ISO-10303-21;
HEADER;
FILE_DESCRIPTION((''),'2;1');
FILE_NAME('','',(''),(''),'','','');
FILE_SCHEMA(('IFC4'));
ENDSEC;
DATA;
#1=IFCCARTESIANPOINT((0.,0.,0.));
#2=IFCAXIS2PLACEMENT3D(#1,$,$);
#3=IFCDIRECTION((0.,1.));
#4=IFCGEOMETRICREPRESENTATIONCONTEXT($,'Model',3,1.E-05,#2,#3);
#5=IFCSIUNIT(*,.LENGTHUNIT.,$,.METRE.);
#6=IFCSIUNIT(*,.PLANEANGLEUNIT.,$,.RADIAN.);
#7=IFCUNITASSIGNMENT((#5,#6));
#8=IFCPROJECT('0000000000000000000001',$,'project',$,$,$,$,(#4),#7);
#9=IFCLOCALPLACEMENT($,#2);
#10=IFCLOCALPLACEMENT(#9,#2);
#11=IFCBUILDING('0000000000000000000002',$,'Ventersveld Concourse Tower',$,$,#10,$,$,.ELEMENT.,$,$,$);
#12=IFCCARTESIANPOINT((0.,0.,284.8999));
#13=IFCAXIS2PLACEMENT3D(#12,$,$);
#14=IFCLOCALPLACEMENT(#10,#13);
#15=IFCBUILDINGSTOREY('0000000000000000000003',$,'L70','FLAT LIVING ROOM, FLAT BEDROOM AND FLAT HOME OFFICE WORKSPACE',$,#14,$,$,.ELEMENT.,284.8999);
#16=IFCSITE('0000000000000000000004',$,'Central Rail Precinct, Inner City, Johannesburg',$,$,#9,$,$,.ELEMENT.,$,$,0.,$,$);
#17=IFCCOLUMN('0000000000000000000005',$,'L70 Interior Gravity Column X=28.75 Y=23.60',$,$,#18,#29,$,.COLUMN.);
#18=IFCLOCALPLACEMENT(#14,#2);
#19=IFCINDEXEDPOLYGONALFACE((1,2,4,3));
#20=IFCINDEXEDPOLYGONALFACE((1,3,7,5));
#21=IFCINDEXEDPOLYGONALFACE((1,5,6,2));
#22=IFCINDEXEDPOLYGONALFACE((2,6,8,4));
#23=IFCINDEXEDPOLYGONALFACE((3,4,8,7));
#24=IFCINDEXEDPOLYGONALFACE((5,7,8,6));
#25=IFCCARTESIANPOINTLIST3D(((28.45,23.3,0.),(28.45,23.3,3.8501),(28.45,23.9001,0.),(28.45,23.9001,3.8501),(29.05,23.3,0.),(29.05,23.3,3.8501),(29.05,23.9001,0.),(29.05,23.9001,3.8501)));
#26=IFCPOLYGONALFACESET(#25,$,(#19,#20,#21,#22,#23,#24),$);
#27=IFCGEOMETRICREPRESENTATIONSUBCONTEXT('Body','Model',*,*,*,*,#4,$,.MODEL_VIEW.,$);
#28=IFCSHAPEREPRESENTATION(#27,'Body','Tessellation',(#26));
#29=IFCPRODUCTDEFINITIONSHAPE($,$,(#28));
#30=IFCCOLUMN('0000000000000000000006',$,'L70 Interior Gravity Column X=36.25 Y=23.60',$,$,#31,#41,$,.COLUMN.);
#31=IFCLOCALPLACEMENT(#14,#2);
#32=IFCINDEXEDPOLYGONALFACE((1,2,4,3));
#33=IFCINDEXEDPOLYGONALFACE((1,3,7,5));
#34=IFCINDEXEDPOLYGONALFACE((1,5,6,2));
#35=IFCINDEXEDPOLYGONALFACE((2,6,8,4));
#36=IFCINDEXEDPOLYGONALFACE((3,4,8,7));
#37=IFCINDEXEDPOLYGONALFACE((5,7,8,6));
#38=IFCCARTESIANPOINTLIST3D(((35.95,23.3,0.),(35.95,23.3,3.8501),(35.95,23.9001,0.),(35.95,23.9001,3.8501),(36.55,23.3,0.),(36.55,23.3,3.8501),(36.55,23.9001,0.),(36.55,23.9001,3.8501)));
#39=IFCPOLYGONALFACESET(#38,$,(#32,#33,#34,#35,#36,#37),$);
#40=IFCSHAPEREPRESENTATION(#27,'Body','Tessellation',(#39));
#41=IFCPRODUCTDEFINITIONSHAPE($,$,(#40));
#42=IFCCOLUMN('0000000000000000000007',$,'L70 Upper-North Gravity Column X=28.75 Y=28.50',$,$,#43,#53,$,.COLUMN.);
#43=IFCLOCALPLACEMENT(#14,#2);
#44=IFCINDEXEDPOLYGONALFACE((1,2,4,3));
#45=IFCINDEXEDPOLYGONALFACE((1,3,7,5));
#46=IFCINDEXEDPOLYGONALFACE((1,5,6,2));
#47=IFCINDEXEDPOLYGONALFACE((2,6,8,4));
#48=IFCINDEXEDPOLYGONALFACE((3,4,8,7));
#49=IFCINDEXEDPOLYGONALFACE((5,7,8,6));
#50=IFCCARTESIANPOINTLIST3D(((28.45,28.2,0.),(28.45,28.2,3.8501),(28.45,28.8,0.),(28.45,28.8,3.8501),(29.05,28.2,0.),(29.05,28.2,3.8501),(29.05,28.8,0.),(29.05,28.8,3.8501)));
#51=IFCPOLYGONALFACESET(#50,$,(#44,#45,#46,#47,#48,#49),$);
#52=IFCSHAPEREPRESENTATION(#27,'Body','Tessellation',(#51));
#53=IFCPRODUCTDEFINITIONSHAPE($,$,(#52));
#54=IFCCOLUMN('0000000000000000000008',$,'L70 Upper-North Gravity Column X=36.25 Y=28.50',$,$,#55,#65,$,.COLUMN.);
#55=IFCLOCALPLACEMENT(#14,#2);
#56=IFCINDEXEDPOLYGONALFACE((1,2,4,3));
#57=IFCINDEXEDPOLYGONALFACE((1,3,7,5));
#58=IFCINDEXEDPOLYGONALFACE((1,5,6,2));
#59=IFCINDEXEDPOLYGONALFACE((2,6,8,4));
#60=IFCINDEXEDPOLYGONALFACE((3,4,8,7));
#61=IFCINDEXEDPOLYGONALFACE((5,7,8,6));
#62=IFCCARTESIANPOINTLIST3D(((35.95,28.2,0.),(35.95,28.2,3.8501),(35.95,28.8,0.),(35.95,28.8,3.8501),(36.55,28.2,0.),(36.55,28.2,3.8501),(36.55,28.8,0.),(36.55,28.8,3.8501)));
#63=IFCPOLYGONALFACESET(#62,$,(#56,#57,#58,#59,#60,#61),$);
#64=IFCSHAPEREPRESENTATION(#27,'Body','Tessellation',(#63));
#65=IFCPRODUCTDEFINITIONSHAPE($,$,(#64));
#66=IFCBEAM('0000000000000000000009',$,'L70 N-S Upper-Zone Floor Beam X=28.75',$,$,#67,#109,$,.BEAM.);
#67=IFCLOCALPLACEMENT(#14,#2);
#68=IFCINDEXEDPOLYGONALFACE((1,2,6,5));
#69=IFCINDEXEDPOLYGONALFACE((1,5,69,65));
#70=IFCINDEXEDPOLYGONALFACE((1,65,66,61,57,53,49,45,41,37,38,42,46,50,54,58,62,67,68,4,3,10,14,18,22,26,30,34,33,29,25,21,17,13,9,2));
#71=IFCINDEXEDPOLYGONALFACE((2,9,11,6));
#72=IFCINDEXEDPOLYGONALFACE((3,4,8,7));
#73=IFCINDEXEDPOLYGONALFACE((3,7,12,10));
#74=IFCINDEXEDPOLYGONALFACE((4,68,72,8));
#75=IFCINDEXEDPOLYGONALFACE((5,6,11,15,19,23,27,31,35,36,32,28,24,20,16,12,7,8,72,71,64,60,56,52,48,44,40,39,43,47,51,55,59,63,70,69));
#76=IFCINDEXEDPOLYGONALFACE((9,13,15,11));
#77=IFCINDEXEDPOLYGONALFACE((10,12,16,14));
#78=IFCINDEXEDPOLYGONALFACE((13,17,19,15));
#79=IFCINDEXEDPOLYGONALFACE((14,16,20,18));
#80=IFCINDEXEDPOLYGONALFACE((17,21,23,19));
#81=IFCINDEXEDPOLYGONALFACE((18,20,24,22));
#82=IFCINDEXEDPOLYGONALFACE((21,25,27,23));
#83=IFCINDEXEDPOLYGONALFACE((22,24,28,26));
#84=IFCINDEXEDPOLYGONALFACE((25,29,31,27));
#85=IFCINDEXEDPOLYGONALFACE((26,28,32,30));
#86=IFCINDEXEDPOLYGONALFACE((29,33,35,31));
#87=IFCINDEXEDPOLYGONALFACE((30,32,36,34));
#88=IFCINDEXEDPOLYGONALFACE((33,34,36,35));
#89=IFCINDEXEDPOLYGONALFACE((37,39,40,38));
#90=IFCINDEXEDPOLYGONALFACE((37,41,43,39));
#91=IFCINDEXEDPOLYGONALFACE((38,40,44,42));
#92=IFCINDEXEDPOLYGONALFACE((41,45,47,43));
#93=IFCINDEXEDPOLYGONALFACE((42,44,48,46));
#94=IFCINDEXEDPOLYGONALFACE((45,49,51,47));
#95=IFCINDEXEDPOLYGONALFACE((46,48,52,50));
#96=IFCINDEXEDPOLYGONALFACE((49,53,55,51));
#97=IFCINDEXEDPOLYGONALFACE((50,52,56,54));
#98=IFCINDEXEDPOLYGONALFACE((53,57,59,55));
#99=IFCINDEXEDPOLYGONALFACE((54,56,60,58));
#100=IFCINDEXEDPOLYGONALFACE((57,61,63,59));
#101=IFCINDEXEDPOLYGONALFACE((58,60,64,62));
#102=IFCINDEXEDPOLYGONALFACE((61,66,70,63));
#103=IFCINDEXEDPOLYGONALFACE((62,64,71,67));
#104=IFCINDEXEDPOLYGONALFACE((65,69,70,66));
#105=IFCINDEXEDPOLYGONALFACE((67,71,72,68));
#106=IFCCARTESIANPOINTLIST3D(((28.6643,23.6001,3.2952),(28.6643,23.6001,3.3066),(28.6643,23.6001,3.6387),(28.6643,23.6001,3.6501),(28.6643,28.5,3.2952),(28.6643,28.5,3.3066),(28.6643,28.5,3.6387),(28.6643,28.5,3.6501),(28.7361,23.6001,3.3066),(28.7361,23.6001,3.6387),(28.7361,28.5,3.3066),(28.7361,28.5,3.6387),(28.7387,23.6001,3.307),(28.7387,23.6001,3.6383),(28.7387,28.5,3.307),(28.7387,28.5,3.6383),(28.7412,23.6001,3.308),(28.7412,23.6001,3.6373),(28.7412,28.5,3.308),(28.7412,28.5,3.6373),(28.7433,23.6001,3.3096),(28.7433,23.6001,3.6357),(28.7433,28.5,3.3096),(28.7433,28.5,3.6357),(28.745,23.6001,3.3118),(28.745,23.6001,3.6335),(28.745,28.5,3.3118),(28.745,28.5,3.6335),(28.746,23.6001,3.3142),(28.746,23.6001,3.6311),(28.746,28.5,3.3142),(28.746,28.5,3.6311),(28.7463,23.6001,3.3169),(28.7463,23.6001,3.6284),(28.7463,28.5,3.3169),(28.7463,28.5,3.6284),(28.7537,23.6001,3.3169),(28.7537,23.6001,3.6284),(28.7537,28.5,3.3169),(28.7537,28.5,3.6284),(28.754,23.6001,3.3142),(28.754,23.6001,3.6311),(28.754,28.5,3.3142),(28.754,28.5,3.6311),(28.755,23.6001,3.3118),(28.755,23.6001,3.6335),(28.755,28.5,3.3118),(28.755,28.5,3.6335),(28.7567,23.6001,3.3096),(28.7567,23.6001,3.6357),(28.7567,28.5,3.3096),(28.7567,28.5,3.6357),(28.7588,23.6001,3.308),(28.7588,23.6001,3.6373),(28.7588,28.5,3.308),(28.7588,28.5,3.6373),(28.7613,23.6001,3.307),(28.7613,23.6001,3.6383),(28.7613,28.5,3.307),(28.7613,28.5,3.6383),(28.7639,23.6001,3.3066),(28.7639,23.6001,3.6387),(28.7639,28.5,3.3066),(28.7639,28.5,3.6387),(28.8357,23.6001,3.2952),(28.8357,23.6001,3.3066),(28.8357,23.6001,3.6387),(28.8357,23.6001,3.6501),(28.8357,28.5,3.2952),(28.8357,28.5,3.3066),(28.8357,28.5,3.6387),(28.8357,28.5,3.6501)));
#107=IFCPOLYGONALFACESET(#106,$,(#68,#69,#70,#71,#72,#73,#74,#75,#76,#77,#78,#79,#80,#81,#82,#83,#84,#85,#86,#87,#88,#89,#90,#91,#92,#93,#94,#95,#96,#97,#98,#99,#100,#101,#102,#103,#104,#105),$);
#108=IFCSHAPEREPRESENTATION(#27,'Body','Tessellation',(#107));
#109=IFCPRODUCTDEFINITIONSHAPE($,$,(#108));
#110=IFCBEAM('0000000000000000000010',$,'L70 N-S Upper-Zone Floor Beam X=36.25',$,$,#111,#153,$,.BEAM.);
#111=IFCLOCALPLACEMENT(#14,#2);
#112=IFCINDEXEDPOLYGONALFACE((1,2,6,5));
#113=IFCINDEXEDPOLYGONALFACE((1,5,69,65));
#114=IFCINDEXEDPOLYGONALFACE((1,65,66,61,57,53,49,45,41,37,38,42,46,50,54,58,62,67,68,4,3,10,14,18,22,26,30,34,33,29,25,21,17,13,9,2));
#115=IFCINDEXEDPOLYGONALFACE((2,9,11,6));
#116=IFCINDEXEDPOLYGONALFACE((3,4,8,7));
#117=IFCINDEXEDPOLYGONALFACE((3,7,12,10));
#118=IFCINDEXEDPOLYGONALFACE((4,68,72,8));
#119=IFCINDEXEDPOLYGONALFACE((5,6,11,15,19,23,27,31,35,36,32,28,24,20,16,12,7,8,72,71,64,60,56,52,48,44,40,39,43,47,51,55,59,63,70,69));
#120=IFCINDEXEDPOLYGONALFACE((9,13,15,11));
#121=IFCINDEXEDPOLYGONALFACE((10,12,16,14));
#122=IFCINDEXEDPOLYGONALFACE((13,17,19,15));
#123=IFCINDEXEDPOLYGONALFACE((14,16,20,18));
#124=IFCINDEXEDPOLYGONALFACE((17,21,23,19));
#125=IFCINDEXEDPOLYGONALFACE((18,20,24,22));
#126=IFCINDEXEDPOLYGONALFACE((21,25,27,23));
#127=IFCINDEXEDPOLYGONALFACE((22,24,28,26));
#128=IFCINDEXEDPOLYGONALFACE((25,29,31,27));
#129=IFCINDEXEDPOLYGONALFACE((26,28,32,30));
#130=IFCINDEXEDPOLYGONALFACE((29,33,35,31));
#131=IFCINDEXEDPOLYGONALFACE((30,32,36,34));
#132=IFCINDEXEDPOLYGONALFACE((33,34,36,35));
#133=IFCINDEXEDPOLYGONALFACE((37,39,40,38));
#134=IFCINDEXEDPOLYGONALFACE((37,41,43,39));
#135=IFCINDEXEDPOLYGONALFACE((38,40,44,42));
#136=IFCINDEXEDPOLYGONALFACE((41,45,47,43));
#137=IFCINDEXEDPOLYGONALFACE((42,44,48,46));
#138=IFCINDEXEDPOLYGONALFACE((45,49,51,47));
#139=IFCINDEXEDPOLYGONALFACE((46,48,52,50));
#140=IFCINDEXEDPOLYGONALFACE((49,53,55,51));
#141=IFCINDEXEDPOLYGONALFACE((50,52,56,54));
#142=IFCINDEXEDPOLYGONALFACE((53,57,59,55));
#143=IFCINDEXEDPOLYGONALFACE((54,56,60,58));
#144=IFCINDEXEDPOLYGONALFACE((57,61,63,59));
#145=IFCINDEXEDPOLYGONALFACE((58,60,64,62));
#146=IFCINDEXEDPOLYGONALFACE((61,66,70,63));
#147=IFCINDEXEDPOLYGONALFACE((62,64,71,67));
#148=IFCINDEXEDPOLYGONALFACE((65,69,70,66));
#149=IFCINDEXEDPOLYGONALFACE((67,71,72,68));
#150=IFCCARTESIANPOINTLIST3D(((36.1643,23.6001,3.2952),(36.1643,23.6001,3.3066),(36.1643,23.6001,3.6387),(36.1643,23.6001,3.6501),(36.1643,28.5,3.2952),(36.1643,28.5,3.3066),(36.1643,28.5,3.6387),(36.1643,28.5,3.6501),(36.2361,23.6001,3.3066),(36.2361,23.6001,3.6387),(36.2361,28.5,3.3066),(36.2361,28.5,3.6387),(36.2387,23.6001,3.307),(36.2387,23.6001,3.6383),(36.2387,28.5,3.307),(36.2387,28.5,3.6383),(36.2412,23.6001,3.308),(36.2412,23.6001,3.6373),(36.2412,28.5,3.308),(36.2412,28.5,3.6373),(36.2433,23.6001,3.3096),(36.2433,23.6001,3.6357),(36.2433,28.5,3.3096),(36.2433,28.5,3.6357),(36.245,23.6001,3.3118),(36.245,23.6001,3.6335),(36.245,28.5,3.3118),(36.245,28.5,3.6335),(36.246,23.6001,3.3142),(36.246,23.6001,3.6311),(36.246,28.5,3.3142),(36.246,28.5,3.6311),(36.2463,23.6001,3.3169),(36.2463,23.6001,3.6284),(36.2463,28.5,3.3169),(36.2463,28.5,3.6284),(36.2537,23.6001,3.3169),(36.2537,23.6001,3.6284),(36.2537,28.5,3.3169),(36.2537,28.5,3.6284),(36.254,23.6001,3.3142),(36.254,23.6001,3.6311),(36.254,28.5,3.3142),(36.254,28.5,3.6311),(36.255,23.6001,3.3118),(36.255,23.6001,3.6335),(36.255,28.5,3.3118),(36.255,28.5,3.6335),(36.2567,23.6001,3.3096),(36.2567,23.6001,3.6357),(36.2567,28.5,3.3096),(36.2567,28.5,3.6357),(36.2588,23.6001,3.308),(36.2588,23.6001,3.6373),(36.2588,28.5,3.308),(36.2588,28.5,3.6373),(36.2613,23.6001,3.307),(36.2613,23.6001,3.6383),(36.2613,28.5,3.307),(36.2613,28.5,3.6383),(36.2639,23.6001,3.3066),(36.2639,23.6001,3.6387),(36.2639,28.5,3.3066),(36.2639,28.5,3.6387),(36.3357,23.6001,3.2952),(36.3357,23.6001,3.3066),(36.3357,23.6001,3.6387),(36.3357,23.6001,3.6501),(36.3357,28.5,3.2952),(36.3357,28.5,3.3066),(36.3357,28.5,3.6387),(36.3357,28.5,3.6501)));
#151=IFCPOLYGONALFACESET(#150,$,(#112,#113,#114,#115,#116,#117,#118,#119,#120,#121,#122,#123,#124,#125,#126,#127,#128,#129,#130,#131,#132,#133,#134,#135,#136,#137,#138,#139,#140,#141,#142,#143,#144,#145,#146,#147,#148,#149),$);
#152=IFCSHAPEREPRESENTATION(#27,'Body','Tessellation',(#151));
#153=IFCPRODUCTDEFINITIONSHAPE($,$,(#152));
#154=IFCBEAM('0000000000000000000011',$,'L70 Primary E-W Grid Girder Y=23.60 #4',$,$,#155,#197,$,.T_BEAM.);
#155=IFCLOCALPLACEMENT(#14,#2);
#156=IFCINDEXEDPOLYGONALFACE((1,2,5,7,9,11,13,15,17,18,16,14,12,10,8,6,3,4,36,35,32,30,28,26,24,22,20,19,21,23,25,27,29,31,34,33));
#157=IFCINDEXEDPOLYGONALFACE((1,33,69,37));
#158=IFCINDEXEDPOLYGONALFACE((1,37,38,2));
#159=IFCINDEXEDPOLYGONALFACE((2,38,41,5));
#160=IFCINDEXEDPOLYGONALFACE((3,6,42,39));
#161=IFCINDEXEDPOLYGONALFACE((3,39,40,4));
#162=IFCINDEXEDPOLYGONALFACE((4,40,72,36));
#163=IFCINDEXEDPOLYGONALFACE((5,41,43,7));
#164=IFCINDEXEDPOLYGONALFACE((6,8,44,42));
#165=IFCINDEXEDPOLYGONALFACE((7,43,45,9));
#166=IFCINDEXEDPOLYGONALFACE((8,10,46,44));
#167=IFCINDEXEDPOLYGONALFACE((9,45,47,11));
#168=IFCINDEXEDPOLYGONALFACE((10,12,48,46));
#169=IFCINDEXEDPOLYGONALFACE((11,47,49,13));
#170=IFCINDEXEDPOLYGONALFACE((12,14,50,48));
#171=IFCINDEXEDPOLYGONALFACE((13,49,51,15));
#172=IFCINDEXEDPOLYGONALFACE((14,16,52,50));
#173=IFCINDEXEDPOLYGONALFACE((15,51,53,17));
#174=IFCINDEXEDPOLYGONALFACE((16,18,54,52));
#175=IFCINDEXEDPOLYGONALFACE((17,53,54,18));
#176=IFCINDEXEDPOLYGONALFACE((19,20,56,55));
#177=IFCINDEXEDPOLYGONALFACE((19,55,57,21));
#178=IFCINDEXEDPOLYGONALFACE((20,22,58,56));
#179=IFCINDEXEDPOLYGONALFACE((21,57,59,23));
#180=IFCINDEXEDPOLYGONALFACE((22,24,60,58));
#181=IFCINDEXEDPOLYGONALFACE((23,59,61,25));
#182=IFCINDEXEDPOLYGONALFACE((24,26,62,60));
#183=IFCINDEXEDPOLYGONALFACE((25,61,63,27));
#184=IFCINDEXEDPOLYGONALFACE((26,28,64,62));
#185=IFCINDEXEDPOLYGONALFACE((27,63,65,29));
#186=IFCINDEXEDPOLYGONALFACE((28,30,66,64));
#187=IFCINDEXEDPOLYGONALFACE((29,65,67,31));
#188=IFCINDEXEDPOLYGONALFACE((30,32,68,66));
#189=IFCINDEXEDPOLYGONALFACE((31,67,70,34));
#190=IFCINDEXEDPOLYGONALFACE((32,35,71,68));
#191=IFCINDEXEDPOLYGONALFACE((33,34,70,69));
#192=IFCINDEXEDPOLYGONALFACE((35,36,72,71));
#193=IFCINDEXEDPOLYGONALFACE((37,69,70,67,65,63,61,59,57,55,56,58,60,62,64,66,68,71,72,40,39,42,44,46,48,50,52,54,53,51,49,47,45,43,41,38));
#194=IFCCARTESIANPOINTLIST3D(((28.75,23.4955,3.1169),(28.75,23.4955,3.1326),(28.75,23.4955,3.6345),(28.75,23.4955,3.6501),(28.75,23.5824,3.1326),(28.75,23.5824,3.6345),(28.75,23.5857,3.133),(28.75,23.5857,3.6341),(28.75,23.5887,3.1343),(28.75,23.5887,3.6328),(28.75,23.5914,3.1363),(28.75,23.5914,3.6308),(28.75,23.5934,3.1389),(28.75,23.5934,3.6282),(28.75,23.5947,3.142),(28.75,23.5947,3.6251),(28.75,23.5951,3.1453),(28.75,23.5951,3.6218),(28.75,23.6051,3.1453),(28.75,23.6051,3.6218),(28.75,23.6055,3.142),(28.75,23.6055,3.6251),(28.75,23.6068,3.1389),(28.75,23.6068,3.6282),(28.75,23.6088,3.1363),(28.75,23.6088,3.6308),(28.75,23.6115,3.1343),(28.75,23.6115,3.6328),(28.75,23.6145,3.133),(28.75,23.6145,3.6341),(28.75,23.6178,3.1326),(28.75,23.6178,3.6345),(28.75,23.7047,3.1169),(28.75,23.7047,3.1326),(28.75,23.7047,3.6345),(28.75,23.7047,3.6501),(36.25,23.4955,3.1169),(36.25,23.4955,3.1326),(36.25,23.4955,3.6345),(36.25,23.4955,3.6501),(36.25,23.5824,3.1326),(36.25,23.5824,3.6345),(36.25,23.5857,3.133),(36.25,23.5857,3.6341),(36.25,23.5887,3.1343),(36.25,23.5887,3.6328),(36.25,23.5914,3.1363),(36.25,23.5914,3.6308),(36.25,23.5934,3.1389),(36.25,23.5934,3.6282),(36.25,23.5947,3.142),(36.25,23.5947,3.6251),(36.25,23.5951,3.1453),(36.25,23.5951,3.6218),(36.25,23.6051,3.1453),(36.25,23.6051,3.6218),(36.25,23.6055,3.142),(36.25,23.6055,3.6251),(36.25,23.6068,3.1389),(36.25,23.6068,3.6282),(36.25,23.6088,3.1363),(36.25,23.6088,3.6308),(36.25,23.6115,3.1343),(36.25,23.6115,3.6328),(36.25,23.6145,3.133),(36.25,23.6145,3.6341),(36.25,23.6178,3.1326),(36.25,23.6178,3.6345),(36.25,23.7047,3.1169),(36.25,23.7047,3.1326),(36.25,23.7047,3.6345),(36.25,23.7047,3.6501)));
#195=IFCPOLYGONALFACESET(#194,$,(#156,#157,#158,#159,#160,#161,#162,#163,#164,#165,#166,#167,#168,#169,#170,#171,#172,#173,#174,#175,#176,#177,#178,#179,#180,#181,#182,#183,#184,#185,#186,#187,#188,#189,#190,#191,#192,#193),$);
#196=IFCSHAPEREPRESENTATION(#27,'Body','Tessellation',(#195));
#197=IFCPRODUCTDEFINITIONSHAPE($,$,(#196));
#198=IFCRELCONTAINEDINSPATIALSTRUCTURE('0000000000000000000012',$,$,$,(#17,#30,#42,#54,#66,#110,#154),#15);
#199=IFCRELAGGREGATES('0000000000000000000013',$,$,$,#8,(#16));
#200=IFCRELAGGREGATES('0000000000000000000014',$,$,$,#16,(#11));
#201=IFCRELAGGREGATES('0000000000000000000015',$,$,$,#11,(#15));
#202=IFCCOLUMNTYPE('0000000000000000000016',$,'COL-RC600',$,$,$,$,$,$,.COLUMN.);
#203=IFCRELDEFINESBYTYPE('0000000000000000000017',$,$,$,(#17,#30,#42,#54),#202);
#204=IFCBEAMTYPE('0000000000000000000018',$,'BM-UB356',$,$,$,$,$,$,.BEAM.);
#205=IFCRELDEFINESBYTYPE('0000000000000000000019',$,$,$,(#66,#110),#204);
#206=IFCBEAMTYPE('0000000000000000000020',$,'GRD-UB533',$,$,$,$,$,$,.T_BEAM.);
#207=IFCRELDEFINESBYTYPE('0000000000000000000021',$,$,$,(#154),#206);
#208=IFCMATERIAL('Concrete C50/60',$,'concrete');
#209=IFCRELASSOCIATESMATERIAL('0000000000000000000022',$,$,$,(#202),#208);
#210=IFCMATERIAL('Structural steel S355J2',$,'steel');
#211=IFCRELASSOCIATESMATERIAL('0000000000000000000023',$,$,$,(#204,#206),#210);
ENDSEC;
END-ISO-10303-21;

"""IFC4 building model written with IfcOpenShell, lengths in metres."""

from ifc_helpers import new_model, si_unit, direction, frame, origin, origin_2d, place, context, subcontext, project, spatial, rectangle, i_section, extrude, material, material_profile, profile_set, type_object, element, save


model = new_model("IFC4")

# Units and contexts
model_context = context("Model", 3, precision=1e-05, world=origin(), true_north=direction((0.0, 1.0)))
body_context = subcontext(model_context, "Body", "Model", "MODEL_VIEW")
ifc_project = project(units=[si_unit("LENGTHUNIT", "METRE"), si_unit("PLANEANGLEUNIT", "RADIAN")], contexts=[model_context])

# Site, building, storey
site_placement = place(None, origin())
site = spatial("IfcSite", under=ifc_project, at=site_placement, Name="Central Rail Precinct, Inner City, Johannesburg", CompositionType="ELEMENT", RefElevation=0.0)
building_placement = place(site_placement, origin())
building = spatial("IfcBuilding", under=site, at=building_placement, Name="Ventersveld Concourse Tower", CompositionType="ELEMENT")
storey_placement = place(building_placement, frame((0.0, 0.0, 284.8999)))
storey = spatial("IfcBuildingStorey", under=building, at=storey_placement, Name="L70", Description="FLAT LIVING ROOM, FLAT BEDROOM AND FLAT HOME OFFICE WORKSPACE", CompositionType="ELEMENT", Elevation=284.8999)

# Columns
ifc_material_1 = material(Name="Concrete C50/60", Category="concrete")
ifc_material_profile_1 = material_profile(ifc_material_1, rectangle(XDim=0.6001, YDim=0.6001, at=origin_2d()), Name="RC 600x600")
ifc_profile_set_1 = profile_set([ifc_material_profile_1], Name="Concrete C50/60")
column_type = type_object("IfcColumnType", Name="COL-RC600", PredefinedType="COLUMN", material=ifc_profile_set_1)
for number, where, z_axis, x_axis, name in (
    (1, (28.75, 23.6001, 0.0), (0.0, 0.0, 1.0), (1.0, 0.0, 0.0), "L70 Interior Gravity Column X=28.75 Y=23.60"),
    (2, (36.25, 23.6001, 0.0), (0.0, 0.0, 1.0), (1.0, 0.0, 0.0), "L70 Interior Gravity Column X=36.25 Y=23.60"),
    (3, (28.75, 28.5, 0.0), (0.0, 0.0, 1.0), (1.0, 0.0, 0.0), "L70 Upper-North Gravity Column X=28.75 Y=28.50"),
    (4, (36.25, 28.5, 0.0), (0.0, 0.0, 1.0), (1.0, 0.0, 0.0), "L70 Upper-North Gravity Column X=36.25 Y=28.50"),
):
    element("IfcColumn", number, at=place(storey_placement, frame(where, z_axis=z_axis, x_axis=x_axis)), inside=storey, type_object=column_type, Name=name, PredefinedType="COLUMN", context=body_context, shape_type="SweptSolid", body=[
        extrude(rectangle(XDim=0.6001, YDim=0.6001, at=origin_2d()), origin(), (0.0, 0.0, 1.0), 3.8501),
    ])

# Beams
ifc_material_2 = material(Name="Structural steel S355J2", Category="steel")
ifc_material_profile_2 = material_profile(ifc_material_2, i_section(OverallWidth=0.1714, OverallDepth=0.355, WebThickness=0.0073, FlangeThickness=0.0115, FilletRadius=0.0103, at=origin_2d()), Name="UB 356x171x51")
ifc_profile_set_2 = profile_set([ifc_material_profile_2], Name="Structural steel S355J2")
beam_type_1 = type_object("IfcBeamType", Name="BM-UB356", PredefinedType="BEAM", material=ifc_profile_set_2)
for number, where, z_axis, x_axis, name in (
    (5, (28.75, 23.6001, 3.4727), (0.0, 1.0, 0.0), (-1.0, 0.0, 0.0), "L70 N-S Upper-Zone Floor Beam X=28.75"),
    (6, (36.25, 23.6001, 3.4727), (0.0, 1.0, 0.0), (-1.0, 0.0, 0.0), "L70 N-S Upper-Zone Floor Beam X=36.25"),
):
    element("IfcBeam", number, at=place(storey_placement, frame(where, z_axis=z_axis, x_axis=x_axis)), inside=storey, type_object=beam_type_1, Name=name, PredefinedType="BEAM", context=body_context, shape_type="SweptSolid", body=[
        extrude(i_section(OverallWidth=0.1714, OverallDepth=0.355, WebThickness=0.0073, FlangeThickness=0.0115, FilletRadius=0.0103, at=origin_2d()), origin(), (0.0, 0.0, 1.0), 4.8999),
    ])
ifc_material_profile_3 = material_profile(ifc_material_2, i_section(OverallWidth=0.2092, OverallDepth=0.5332, WebThickness=0.01, FlangeThickness=0.0156, FilletRadius=0.0127, at=origin_2d()), Name="UB 533x210x92")
ifc_profile_set_3 = profile_set([ifc_material_profile_3], Name="Structural steel S355J2")
beam_type_2 = type_object("IfcBeamType", Name="GRD-UB533", PredefinedType="T_BEAM", material=ifc_profile_set_3)
for number, where, z_axis, x_axis, name in (
    (7, (28.75, 23.6001, 3.3835), (1.0, 0.0, 0.0), (0.0, 1.0, 0.0), "L70 Primary E-W Grid Girder Y=23.60 #4"),
):
    element("IfcBeam", number, at=place(storey_placement, frame(where, z_axis=z_axis, x_axis=x_axis)), inside=storey, type_object=beam_type_2, Name=name, PredefinedType="T_BEAM", context=body_context, shape_type="SweptSolid", body=[
        extrude(i_section(OverallWidth=0.2092, OverallDepth=0.5332, WebThickness=0.01, FlangeThickness=0.0156, FilletRadius=0.0127, at=origin_2d()), origin(), (0.0, 0.0, 1.0), 7.5),
    ])

save(model, "model.ifc")
